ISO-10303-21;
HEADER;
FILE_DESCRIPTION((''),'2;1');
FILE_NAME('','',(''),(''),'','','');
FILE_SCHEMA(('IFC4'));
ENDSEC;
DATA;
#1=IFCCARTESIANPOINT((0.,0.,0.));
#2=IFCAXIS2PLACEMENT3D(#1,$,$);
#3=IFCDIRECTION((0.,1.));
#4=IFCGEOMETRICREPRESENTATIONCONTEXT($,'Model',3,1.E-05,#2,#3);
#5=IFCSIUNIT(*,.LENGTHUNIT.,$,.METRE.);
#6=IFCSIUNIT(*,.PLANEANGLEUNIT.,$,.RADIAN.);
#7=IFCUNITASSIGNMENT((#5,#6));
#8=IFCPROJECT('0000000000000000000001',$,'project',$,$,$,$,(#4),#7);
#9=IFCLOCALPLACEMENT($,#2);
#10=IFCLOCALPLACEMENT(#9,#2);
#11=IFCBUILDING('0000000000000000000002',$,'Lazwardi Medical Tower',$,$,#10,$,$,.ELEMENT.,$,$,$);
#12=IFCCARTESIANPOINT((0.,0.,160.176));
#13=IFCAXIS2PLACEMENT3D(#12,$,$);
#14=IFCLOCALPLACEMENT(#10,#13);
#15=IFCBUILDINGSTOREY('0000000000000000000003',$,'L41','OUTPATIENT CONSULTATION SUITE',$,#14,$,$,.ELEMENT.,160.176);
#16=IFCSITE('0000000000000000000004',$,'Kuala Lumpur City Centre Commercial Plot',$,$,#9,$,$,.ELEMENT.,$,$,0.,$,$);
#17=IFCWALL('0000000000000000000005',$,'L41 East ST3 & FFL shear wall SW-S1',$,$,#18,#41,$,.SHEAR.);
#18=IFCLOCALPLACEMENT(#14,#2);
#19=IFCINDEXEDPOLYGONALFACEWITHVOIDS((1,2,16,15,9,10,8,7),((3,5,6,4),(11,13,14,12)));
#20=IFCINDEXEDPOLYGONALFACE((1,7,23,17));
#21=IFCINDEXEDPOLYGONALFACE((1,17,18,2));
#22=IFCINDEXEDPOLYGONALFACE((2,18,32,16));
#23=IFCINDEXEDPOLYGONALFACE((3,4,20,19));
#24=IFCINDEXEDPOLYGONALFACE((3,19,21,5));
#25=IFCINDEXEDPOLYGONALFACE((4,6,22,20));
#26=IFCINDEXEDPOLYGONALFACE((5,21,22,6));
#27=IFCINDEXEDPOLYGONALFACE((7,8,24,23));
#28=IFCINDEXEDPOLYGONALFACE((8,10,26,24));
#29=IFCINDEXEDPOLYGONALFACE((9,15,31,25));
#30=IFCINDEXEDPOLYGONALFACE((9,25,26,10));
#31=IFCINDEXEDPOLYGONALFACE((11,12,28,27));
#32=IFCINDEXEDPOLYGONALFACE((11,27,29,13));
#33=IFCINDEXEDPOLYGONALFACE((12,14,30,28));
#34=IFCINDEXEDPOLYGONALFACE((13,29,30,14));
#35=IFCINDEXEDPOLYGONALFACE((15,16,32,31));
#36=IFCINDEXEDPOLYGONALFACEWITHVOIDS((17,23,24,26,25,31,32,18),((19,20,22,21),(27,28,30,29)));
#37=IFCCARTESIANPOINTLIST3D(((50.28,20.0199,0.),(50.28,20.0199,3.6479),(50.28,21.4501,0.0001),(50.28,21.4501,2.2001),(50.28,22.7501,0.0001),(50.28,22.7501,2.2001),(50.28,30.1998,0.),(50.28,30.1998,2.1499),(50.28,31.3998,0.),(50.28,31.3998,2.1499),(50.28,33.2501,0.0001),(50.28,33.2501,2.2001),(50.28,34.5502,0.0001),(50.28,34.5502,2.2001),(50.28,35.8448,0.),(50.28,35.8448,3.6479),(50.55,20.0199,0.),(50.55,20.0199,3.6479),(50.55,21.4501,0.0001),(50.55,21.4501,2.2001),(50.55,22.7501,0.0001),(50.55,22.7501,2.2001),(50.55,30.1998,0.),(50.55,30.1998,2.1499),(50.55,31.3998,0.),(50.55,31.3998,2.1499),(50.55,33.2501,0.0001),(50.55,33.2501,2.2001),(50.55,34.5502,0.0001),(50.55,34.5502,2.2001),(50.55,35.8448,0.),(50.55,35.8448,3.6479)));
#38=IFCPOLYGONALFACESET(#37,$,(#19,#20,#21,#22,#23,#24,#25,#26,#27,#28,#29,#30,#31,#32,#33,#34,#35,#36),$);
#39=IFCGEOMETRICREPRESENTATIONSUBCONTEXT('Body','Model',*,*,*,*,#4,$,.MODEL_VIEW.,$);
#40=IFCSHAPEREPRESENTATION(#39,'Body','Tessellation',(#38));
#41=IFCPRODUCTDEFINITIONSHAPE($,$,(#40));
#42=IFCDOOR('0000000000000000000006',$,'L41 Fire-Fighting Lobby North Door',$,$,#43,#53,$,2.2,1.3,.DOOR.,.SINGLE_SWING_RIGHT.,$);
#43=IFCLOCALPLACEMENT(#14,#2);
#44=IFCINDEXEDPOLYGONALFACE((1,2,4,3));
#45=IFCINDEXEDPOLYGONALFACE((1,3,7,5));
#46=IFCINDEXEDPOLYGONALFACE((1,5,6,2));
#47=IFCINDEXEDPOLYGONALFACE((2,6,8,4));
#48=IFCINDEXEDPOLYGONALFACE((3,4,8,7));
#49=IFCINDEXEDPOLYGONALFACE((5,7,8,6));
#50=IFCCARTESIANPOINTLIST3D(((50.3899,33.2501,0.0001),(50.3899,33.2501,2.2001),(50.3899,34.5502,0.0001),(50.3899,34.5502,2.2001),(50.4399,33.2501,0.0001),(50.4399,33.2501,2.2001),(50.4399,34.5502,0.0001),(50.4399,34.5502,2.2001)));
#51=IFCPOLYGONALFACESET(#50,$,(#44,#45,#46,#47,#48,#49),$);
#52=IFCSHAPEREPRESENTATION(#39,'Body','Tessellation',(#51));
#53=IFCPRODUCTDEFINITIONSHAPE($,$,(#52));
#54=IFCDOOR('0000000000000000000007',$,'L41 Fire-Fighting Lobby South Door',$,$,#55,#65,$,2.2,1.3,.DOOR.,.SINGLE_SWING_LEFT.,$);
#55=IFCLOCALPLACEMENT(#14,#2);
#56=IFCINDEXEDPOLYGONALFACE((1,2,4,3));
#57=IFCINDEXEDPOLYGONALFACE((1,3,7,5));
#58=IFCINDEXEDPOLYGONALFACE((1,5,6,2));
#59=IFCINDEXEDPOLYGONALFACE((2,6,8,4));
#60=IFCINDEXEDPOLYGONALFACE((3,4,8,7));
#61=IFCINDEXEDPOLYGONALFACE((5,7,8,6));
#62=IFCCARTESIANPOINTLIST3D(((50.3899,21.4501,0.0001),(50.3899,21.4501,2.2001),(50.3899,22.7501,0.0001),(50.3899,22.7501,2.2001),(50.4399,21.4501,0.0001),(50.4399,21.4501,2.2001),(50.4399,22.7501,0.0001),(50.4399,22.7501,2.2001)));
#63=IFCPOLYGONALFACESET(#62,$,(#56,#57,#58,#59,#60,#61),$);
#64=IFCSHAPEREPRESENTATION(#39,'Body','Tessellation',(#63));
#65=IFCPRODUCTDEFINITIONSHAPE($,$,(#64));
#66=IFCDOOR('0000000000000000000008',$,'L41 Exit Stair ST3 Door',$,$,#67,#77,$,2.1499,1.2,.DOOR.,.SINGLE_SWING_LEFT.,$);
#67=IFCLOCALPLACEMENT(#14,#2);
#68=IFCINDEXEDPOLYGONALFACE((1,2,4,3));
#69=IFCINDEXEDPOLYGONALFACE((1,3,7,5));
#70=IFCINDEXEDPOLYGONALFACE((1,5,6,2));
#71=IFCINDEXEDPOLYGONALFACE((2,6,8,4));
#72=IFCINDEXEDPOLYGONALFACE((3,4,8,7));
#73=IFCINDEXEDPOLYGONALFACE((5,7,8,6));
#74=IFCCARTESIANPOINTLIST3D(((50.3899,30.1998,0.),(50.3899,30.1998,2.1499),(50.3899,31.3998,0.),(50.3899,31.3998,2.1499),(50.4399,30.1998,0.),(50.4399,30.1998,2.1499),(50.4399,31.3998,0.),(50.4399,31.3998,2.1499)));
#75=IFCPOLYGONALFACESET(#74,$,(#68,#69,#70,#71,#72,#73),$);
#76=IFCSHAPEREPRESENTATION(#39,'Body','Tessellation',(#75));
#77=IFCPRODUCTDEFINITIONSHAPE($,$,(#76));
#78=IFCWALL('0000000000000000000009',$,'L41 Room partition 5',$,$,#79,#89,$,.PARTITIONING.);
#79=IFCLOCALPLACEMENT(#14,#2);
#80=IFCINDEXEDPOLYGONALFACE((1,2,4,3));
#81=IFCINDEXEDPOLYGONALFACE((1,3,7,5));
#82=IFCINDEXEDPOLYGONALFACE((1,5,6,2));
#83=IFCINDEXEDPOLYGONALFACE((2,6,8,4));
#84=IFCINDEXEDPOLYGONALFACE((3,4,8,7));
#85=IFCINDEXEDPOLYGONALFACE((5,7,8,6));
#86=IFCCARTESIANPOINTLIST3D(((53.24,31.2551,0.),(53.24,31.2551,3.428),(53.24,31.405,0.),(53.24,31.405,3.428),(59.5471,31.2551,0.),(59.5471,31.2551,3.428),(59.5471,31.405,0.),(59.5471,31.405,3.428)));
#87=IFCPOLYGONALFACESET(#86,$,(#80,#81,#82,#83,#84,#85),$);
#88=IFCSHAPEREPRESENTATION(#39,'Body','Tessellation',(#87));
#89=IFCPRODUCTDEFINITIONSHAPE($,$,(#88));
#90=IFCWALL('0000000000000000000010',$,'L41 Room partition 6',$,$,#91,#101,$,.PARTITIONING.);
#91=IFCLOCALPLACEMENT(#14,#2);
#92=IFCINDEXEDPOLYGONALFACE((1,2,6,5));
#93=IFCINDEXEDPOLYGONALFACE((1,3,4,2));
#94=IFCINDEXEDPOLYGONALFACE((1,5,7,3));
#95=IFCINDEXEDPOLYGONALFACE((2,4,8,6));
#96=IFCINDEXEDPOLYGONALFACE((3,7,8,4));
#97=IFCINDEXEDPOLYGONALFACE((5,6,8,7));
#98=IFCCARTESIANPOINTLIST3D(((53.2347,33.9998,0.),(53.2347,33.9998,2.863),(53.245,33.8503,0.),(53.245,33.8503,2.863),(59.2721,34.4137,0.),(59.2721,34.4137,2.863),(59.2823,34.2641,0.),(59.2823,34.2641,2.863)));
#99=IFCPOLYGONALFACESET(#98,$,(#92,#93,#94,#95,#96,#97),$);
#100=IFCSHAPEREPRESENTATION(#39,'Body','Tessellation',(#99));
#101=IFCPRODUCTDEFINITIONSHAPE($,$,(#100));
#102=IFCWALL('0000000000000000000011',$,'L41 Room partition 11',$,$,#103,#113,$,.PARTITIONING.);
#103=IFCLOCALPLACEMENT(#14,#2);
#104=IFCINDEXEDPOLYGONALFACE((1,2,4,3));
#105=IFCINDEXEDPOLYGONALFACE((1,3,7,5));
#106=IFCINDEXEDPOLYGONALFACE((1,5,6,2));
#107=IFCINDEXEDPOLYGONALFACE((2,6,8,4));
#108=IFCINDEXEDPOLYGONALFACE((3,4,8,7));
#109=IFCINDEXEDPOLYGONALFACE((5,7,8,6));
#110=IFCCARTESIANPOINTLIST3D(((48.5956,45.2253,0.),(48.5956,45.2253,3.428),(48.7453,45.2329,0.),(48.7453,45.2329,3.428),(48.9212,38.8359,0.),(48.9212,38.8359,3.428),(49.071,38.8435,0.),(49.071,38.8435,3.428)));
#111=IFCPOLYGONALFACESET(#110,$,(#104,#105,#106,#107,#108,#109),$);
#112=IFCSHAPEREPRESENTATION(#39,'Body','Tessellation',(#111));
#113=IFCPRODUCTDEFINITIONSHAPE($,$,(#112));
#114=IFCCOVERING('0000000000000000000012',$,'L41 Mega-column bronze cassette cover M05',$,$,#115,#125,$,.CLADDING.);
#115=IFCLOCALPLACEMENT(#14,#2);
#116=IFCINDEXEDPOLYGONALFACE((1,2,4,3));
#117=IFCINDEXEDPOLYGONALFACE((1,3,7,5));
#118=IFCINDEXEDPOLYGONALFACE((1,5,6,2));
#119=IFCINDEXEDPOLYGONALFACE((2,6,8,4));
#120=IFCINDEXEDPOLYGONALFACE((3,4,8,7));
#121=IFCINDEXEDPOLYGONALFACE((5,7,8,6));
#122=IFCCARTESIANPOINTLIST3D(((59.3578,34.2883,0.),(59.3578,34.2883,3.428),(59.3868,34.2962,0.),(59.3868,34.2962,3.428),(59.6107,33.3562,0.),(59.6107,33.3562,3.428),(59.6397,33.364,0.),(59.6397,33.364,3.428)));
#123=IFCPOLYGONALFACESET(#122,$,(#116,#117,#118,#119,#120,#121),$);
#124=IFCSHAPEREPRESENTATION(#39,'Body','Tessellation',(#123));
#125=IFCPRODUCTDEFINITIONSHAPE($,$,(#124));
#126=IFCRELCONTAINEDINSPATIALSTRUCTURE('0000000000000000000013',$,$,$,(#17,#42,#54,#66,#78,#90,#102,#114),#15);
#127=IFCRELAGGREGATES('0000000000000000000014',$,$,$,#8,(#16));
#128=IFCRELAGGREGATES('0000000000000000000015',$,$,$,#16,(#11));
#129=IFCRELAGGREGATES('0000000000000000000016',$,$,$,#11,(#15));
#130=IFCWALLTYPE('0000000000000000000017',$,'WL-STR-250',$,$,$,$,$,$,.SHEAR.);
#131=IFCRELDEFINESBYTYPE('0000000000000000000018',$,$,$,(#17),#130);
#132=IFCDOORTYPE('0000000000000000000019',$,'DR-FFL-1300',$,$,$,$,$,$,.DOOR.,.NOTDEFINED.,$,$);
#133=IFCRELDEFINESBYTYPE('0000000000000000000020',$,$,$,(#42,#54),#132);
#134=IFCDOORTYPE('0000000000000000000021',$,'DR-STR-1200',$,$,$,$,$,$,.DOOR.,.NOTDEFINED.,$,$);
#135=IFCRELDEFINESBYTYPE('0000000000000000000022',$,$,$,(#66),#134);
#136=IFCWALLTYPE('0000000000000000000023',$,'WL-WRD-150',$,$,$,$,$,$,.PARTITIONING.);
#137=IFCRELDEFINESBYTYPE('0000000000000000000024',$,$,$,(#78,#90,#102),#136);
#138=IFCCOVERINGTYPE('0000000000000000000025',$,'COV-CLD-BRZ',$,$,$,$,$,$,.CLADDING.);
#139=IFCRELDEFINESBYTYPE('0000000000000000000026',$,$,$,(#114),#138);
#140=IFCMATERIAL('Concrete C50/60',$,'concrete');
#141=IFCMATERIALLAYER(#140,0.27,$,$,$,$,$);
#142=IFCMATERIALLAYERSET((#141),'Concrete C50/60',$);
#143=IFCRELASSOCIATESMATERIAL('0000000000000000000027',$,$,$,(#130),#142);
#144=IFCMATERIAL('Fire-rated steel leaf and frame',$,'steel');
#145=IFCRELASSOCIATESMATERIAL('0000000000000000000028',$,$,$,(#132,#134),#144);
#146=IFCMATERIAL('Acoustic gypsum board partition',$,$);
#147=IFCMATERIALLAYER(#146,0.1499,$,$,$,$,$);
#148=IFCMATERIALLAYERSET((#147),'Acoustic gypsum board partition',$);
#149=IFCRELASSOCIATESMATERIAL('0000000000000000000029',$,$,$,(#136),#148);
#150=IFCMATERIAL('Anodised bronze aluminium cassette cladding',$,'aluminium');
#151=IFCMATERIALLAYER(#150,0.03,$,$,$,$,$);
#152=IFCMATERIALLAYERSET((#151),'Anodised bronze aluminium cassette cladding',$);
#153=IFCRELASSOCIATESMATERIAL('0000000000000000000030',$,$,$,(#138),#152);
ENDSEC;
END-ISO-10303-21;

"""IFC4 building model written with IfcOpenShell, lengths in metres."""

from ifc_helpers import new_model, si_unit, direction, frame, frame_2d, origin, origin_2d, place, context, subcontext, project, spatial, rectangle, extrude, material, layer, layer_set, type_object, element, fill, save


model = new_model("IFC4")

# Units and contexts
model_context = context("Model", 3, precision=1e-05, world=origin(), true_north=direction((0.0, 1.0)))
body_context = subcontext(model_context, "Body", "Model", "MODEL_VIEW")
ifc_project = project(units=[si_unit("LENGTHUNIT", "METRE"), si_unit("PLANEANGLEUNIT", "RADIAN")], contexts=[model_context])

# Site, building, storey
site_placement = place(None, origin())
site = spatial("IfcSite", under=ifc_project, at=site_placement, Name="Kuala Lumpur City Centre Commercial Plot", CompositionType="ELEMENT", RefElevation=0.0)
building_placement = place(site_placement, origin())
building = spatial("IfcBuilding", under=site, at=building_placement, Name="Lazwardi Medical Tower", CompositionType="ELEMENT")
storey_placement = place(building_placement, frame((0.0, 0.0, 160.176)))
storey = spatial("IfcBuildingStorey", under=building, at=storey_placement, Name="L41", Description="OUTPATIENT CONSULTATION SUITE", CompositionType="ELEMENT", Elevation=160.176)

# Wall, openings, doors
ifc_material_1 = material(Name="Concrete C50/60", Category="concrete")
ifc_layer_1 = layer(ifc_material_1, 0.27)
ifc_layer_set_1 = layer_set([ifc_layer_1], Name="Concrete C50/60")
wall_type_1 = type_object("IfcWallType", Name="WL-STR-250", PredefinedType="SHEAR", material=ifc_layer_set_1)
wall_1_placement = place(storey_placement, frame((50.415, 35.845, 0.0), z_axis=(0.0, 0.0, 1.0), x_axis=(0.0, -1.0, 0.0)))
wall_1 = element("IfcWall", 1, at=wall_1_placement, inside=storey, type_object=wall_type_1, Name="L41 East ST3 & FFL shear wall SW-S1", PredefinedType="SHEAR", context=body_context, shape_type="SweptSolid", body=[
    extrude(rectangle(XDim=15.825, YDim=0.27, at=frame_2d((7.9126, 0.0))), origin(), (0.0, 0.0, 1.0), 3.6479),
])
opening_1_placement = place(wall_1_placement, frame((4.4451, 0.0, 0.0)))
opening_1 = element("IfcOpeningElement", 2, at=opening_1_placement, cuts=wall_1, PredefinedType="OPENING", context=body_context, shape_type="SweptSolid", body=[
    extrude(rectangle(XDim=1.2, YDim=2.1499, at=frame_2d((0.6001, 1.075))), frame((0.0, 0.145, 0.0), z_axis=(0.0, -1.0, 0.0), x_axis=(1.0, 0.0, 0.0)), (0.0, 0.0, 1.0), 0.29),
])
opening_2_placement = place(wall_1_placement, frame((1.2949, 0.0, 0.0)))
opening_2 = element("IfcOpeningElement", 3, at=opening_2_placement, cuts=wall_1, PredefinedType="OPENING", context=body_context, shape_type="SweptSolid", body=[
    extrude(rectangle(XDim=1.3, YDim=2.2, at=frame_2d((0.6499, 1.1001))), frame((0.0, 0.145, 0.0), z_axis=(0.0, -1.0, 0.0), x_axis=(1.0, 0.0, 0.0)), (0.0, 0.0, 1.0), 0.29),
])
opening_3_placement = place(wall_1_placement, frame((13.095, 0.0, 0.0)))
opening_3 = element("IfcOpeningElement", 4, at=opening_3_placement, cuts=wall_1, PredefinedType="OPENING", context=body_context, shape_type="SweptSolid", body=[
    extrude(rectangle(XDim=1.3, YDim=2.2, at=frame_2d((0.6499, 1.1001))), frame((0.0, 0.145, 0.0), z_axis=(0.0, -1.0, 0.0), x_axis=(1.0, 0.0, 0.0)), (0.0, 0.0, 1.0), 0.29),
])
ifc_material_2 = material(Name="Fire-rated steel leaf and frame", Category="steel")
door_type_1 = type_object("IfcDoorType", Name="DR-FFL-1300", OperationType="NOTDEFINED", PredefinedType="DOOR", material=ifc_material_2)
door_1_placement = place(opening_2_placement, origin())
door_1 = element("IfcDoor", 5, at=door_1_placement, inside=storey, type_object=door_type_1, Name="L41 Fire-Fighting Lobby North Door", OperationType="SINGLE_SWING_RIGHT", OverallHeight=2.2, OverallWidth=1.3, PredefinedType="DOOR", context=body_context, shape_type="SweptSolid", body=[
    extrude(rectangle(XDim=1.3, YDim=2.2, at=frame_2d((0.6499, 1.1001))), frame((0.0, 0.0249, 0.0), z_axis=(0.0, -1.0, 0.0), x_axis=(1.0, 0.0, 0.0)), (0.0, 0.0, 1.0), 0.05),
])
fill(opening_2, door_1)
door_2_placement = place(opening_3_placement, origin())
door_2 = element("IfcDoor", 6, at=door_2_placement, inside=storey, type_object=door_type_1, Name="L41 Fire-Fighting Lobby South Door", OperationType="SINGLE_SWING_LEFT", OverallHeight=2.2, OverallWidth=1.3, PredefinedType="DOOR", context=body_context, shape_type="SweptSolid", body=[
    extrude(rectangle(XDim=1.3, YDim=2.2, at=frame_2d((0.6499, 1.1001))), frame((0.0, 0.0249, 0.0), z_axis=(0.0, -1.0, 0.0), x_axis=(1.0, 0.0, 0.0)), (0.0, 0.0, 1.0), 0.05),
])
fill(opening_3, door_2)
door_type_2 = type_object("IfcDoorType", Name="DR-STR-1200", OperationType="NOTDEFINED", PredefinedType="DOOR", material=ifc_material_2)
door_3_placement = place(opening_1_placement, origin())
door_3 = element("IfcDoor", 7, at=door_3_placement, inside=storey, type_object=door_type_2, Name="L41 Exit Stair ST3 Door", OperationType="SINGLE_SWING_LEFT", OverallHeight=2.1499, OverallWidth=1.2, PredefinedType="DOOR", context=body_context, shape_type="SweptSolid", body=[
    extrude(rectangle(XDim=1.2, YDim=2.1499, at=frame_2d((0.6001, 1.075))), frame((0.0, 0.0249, 0.0), z_axis=(0.0, -1.0, 0.0), x_axis=(1.0, 0.0, 0.0)), (0.0, 0.0, 1.0), 0.05),
])
fill(opening_1, door_3)

# Walls
ifc_material_3 = material(Name="Acoustic gypsum board partition")
ifc_layer_2 = layer(ifc_material_3, 0.1499)
ifc_layer_set_2 = layer_set([ifc_layer_2], Name="Acoustic gypsum board partition")
wall_type_2 = type_object("IfcWallType", Name="WL-WRD-150", PredefinedType="PARTITIONING", material=ifc_layer_set_2)
wall_2_placement = place(storey_placement, frame((53.24, 31.3301, 0.0), z_axis=(0.0, 0.0, 1.0), x_axis=(1.0, 0.0, 0.0)))
element("IfcWall", 8, at=wall_2_placement, inside=storey, type_object=wall_type_2, Name="L41 Room partition 5", PredefinedType="PARTITIONING", context=body_context, shape_type="SweptSolid", body=[
    extrude(rectangle(XDim=6.3071, YDim=0.1499, at=frame_2d((3.1536, 0.0))), origin(), (0.0, 0.0, 1.0), 3.428),
])
wall_3_placement = place(storey_placement, frame((53.2397, 33.925, 0.0), z_axis=(0.0, 0.0, 1.0), x_axis=(0.997659, 0.068383, 0.0)))
element("IfcWall", 9, at=wall_3_placement, inside=storey, type_object=wall_type_2, Name="L41 Room partition 6", PredefinedType="PARTITIONING", context=body_context, shape_type="SweptSolid", body=[
    extrude(rectangle(XDim=6.0515, YDim=0.1499, at=frame_2d((3.0259, 0.0))), origin(), (0.0, 0.0, 1.0), 2.863),
])
wall_4_placement = place(storey_placement, frame((48.9961, 38.8398, 0.0), z_axis=(0.0, 0.0, 1.0), x_axis=(-0.050906, 0.998703, 0.0)))
element("IfcWall", 10, at=wall_4_placement, inside=storey, type_object=wall_type_2, Name="L41 Room partition 11", PredefinedType="PARTITIONING", context=body_context, shape_type="SweptSolid", body=[
    extrude(rectangle(XDim=6.3977, YDim=0.1499, at=frame_2d((3.1987, 0.0))), origin(), (0.0, 0.0, 1.0), 3.428),
])

# Covering
ifc_material_4 = material(Name="Anodised bronze aluminium cassette cladding", Category="aluminium")
ifc_layer_3 = layer(ifc_material_4, 0.03)
ifc_layer_set_3 = layer_set([ifc_layer_3], Name="Anodised bronze aluminium cassette cladding")
covering_type = type_object("IfcCoveringType", Name="COV-CLD-BRZ", PredefinedType="CLADDING", material=ifc_layer_set_3)
covering_placement = place(storey_placement, frame((59.4988, 33.8262, 0.0), z_axis=(0.0, 0.0, 1.0), x_axis=(-0.261829, 0.965114, 0.0)))
element("IfcCovering", 11, at=covering_placement, inside=storey, type_object=covering_type, Name="L41 Mega-column bronze cassette cover M05", PredefinedType="CLADDING", context=body_context, shape_type="SweptSolid", body=[
    extrude(rectangle(XDim=0.9658, YDim=0.03, at=origin_2d()), origin(), (0.0, 0.0, 1.0), 3.428),
])

save(model, "model.ifc")
